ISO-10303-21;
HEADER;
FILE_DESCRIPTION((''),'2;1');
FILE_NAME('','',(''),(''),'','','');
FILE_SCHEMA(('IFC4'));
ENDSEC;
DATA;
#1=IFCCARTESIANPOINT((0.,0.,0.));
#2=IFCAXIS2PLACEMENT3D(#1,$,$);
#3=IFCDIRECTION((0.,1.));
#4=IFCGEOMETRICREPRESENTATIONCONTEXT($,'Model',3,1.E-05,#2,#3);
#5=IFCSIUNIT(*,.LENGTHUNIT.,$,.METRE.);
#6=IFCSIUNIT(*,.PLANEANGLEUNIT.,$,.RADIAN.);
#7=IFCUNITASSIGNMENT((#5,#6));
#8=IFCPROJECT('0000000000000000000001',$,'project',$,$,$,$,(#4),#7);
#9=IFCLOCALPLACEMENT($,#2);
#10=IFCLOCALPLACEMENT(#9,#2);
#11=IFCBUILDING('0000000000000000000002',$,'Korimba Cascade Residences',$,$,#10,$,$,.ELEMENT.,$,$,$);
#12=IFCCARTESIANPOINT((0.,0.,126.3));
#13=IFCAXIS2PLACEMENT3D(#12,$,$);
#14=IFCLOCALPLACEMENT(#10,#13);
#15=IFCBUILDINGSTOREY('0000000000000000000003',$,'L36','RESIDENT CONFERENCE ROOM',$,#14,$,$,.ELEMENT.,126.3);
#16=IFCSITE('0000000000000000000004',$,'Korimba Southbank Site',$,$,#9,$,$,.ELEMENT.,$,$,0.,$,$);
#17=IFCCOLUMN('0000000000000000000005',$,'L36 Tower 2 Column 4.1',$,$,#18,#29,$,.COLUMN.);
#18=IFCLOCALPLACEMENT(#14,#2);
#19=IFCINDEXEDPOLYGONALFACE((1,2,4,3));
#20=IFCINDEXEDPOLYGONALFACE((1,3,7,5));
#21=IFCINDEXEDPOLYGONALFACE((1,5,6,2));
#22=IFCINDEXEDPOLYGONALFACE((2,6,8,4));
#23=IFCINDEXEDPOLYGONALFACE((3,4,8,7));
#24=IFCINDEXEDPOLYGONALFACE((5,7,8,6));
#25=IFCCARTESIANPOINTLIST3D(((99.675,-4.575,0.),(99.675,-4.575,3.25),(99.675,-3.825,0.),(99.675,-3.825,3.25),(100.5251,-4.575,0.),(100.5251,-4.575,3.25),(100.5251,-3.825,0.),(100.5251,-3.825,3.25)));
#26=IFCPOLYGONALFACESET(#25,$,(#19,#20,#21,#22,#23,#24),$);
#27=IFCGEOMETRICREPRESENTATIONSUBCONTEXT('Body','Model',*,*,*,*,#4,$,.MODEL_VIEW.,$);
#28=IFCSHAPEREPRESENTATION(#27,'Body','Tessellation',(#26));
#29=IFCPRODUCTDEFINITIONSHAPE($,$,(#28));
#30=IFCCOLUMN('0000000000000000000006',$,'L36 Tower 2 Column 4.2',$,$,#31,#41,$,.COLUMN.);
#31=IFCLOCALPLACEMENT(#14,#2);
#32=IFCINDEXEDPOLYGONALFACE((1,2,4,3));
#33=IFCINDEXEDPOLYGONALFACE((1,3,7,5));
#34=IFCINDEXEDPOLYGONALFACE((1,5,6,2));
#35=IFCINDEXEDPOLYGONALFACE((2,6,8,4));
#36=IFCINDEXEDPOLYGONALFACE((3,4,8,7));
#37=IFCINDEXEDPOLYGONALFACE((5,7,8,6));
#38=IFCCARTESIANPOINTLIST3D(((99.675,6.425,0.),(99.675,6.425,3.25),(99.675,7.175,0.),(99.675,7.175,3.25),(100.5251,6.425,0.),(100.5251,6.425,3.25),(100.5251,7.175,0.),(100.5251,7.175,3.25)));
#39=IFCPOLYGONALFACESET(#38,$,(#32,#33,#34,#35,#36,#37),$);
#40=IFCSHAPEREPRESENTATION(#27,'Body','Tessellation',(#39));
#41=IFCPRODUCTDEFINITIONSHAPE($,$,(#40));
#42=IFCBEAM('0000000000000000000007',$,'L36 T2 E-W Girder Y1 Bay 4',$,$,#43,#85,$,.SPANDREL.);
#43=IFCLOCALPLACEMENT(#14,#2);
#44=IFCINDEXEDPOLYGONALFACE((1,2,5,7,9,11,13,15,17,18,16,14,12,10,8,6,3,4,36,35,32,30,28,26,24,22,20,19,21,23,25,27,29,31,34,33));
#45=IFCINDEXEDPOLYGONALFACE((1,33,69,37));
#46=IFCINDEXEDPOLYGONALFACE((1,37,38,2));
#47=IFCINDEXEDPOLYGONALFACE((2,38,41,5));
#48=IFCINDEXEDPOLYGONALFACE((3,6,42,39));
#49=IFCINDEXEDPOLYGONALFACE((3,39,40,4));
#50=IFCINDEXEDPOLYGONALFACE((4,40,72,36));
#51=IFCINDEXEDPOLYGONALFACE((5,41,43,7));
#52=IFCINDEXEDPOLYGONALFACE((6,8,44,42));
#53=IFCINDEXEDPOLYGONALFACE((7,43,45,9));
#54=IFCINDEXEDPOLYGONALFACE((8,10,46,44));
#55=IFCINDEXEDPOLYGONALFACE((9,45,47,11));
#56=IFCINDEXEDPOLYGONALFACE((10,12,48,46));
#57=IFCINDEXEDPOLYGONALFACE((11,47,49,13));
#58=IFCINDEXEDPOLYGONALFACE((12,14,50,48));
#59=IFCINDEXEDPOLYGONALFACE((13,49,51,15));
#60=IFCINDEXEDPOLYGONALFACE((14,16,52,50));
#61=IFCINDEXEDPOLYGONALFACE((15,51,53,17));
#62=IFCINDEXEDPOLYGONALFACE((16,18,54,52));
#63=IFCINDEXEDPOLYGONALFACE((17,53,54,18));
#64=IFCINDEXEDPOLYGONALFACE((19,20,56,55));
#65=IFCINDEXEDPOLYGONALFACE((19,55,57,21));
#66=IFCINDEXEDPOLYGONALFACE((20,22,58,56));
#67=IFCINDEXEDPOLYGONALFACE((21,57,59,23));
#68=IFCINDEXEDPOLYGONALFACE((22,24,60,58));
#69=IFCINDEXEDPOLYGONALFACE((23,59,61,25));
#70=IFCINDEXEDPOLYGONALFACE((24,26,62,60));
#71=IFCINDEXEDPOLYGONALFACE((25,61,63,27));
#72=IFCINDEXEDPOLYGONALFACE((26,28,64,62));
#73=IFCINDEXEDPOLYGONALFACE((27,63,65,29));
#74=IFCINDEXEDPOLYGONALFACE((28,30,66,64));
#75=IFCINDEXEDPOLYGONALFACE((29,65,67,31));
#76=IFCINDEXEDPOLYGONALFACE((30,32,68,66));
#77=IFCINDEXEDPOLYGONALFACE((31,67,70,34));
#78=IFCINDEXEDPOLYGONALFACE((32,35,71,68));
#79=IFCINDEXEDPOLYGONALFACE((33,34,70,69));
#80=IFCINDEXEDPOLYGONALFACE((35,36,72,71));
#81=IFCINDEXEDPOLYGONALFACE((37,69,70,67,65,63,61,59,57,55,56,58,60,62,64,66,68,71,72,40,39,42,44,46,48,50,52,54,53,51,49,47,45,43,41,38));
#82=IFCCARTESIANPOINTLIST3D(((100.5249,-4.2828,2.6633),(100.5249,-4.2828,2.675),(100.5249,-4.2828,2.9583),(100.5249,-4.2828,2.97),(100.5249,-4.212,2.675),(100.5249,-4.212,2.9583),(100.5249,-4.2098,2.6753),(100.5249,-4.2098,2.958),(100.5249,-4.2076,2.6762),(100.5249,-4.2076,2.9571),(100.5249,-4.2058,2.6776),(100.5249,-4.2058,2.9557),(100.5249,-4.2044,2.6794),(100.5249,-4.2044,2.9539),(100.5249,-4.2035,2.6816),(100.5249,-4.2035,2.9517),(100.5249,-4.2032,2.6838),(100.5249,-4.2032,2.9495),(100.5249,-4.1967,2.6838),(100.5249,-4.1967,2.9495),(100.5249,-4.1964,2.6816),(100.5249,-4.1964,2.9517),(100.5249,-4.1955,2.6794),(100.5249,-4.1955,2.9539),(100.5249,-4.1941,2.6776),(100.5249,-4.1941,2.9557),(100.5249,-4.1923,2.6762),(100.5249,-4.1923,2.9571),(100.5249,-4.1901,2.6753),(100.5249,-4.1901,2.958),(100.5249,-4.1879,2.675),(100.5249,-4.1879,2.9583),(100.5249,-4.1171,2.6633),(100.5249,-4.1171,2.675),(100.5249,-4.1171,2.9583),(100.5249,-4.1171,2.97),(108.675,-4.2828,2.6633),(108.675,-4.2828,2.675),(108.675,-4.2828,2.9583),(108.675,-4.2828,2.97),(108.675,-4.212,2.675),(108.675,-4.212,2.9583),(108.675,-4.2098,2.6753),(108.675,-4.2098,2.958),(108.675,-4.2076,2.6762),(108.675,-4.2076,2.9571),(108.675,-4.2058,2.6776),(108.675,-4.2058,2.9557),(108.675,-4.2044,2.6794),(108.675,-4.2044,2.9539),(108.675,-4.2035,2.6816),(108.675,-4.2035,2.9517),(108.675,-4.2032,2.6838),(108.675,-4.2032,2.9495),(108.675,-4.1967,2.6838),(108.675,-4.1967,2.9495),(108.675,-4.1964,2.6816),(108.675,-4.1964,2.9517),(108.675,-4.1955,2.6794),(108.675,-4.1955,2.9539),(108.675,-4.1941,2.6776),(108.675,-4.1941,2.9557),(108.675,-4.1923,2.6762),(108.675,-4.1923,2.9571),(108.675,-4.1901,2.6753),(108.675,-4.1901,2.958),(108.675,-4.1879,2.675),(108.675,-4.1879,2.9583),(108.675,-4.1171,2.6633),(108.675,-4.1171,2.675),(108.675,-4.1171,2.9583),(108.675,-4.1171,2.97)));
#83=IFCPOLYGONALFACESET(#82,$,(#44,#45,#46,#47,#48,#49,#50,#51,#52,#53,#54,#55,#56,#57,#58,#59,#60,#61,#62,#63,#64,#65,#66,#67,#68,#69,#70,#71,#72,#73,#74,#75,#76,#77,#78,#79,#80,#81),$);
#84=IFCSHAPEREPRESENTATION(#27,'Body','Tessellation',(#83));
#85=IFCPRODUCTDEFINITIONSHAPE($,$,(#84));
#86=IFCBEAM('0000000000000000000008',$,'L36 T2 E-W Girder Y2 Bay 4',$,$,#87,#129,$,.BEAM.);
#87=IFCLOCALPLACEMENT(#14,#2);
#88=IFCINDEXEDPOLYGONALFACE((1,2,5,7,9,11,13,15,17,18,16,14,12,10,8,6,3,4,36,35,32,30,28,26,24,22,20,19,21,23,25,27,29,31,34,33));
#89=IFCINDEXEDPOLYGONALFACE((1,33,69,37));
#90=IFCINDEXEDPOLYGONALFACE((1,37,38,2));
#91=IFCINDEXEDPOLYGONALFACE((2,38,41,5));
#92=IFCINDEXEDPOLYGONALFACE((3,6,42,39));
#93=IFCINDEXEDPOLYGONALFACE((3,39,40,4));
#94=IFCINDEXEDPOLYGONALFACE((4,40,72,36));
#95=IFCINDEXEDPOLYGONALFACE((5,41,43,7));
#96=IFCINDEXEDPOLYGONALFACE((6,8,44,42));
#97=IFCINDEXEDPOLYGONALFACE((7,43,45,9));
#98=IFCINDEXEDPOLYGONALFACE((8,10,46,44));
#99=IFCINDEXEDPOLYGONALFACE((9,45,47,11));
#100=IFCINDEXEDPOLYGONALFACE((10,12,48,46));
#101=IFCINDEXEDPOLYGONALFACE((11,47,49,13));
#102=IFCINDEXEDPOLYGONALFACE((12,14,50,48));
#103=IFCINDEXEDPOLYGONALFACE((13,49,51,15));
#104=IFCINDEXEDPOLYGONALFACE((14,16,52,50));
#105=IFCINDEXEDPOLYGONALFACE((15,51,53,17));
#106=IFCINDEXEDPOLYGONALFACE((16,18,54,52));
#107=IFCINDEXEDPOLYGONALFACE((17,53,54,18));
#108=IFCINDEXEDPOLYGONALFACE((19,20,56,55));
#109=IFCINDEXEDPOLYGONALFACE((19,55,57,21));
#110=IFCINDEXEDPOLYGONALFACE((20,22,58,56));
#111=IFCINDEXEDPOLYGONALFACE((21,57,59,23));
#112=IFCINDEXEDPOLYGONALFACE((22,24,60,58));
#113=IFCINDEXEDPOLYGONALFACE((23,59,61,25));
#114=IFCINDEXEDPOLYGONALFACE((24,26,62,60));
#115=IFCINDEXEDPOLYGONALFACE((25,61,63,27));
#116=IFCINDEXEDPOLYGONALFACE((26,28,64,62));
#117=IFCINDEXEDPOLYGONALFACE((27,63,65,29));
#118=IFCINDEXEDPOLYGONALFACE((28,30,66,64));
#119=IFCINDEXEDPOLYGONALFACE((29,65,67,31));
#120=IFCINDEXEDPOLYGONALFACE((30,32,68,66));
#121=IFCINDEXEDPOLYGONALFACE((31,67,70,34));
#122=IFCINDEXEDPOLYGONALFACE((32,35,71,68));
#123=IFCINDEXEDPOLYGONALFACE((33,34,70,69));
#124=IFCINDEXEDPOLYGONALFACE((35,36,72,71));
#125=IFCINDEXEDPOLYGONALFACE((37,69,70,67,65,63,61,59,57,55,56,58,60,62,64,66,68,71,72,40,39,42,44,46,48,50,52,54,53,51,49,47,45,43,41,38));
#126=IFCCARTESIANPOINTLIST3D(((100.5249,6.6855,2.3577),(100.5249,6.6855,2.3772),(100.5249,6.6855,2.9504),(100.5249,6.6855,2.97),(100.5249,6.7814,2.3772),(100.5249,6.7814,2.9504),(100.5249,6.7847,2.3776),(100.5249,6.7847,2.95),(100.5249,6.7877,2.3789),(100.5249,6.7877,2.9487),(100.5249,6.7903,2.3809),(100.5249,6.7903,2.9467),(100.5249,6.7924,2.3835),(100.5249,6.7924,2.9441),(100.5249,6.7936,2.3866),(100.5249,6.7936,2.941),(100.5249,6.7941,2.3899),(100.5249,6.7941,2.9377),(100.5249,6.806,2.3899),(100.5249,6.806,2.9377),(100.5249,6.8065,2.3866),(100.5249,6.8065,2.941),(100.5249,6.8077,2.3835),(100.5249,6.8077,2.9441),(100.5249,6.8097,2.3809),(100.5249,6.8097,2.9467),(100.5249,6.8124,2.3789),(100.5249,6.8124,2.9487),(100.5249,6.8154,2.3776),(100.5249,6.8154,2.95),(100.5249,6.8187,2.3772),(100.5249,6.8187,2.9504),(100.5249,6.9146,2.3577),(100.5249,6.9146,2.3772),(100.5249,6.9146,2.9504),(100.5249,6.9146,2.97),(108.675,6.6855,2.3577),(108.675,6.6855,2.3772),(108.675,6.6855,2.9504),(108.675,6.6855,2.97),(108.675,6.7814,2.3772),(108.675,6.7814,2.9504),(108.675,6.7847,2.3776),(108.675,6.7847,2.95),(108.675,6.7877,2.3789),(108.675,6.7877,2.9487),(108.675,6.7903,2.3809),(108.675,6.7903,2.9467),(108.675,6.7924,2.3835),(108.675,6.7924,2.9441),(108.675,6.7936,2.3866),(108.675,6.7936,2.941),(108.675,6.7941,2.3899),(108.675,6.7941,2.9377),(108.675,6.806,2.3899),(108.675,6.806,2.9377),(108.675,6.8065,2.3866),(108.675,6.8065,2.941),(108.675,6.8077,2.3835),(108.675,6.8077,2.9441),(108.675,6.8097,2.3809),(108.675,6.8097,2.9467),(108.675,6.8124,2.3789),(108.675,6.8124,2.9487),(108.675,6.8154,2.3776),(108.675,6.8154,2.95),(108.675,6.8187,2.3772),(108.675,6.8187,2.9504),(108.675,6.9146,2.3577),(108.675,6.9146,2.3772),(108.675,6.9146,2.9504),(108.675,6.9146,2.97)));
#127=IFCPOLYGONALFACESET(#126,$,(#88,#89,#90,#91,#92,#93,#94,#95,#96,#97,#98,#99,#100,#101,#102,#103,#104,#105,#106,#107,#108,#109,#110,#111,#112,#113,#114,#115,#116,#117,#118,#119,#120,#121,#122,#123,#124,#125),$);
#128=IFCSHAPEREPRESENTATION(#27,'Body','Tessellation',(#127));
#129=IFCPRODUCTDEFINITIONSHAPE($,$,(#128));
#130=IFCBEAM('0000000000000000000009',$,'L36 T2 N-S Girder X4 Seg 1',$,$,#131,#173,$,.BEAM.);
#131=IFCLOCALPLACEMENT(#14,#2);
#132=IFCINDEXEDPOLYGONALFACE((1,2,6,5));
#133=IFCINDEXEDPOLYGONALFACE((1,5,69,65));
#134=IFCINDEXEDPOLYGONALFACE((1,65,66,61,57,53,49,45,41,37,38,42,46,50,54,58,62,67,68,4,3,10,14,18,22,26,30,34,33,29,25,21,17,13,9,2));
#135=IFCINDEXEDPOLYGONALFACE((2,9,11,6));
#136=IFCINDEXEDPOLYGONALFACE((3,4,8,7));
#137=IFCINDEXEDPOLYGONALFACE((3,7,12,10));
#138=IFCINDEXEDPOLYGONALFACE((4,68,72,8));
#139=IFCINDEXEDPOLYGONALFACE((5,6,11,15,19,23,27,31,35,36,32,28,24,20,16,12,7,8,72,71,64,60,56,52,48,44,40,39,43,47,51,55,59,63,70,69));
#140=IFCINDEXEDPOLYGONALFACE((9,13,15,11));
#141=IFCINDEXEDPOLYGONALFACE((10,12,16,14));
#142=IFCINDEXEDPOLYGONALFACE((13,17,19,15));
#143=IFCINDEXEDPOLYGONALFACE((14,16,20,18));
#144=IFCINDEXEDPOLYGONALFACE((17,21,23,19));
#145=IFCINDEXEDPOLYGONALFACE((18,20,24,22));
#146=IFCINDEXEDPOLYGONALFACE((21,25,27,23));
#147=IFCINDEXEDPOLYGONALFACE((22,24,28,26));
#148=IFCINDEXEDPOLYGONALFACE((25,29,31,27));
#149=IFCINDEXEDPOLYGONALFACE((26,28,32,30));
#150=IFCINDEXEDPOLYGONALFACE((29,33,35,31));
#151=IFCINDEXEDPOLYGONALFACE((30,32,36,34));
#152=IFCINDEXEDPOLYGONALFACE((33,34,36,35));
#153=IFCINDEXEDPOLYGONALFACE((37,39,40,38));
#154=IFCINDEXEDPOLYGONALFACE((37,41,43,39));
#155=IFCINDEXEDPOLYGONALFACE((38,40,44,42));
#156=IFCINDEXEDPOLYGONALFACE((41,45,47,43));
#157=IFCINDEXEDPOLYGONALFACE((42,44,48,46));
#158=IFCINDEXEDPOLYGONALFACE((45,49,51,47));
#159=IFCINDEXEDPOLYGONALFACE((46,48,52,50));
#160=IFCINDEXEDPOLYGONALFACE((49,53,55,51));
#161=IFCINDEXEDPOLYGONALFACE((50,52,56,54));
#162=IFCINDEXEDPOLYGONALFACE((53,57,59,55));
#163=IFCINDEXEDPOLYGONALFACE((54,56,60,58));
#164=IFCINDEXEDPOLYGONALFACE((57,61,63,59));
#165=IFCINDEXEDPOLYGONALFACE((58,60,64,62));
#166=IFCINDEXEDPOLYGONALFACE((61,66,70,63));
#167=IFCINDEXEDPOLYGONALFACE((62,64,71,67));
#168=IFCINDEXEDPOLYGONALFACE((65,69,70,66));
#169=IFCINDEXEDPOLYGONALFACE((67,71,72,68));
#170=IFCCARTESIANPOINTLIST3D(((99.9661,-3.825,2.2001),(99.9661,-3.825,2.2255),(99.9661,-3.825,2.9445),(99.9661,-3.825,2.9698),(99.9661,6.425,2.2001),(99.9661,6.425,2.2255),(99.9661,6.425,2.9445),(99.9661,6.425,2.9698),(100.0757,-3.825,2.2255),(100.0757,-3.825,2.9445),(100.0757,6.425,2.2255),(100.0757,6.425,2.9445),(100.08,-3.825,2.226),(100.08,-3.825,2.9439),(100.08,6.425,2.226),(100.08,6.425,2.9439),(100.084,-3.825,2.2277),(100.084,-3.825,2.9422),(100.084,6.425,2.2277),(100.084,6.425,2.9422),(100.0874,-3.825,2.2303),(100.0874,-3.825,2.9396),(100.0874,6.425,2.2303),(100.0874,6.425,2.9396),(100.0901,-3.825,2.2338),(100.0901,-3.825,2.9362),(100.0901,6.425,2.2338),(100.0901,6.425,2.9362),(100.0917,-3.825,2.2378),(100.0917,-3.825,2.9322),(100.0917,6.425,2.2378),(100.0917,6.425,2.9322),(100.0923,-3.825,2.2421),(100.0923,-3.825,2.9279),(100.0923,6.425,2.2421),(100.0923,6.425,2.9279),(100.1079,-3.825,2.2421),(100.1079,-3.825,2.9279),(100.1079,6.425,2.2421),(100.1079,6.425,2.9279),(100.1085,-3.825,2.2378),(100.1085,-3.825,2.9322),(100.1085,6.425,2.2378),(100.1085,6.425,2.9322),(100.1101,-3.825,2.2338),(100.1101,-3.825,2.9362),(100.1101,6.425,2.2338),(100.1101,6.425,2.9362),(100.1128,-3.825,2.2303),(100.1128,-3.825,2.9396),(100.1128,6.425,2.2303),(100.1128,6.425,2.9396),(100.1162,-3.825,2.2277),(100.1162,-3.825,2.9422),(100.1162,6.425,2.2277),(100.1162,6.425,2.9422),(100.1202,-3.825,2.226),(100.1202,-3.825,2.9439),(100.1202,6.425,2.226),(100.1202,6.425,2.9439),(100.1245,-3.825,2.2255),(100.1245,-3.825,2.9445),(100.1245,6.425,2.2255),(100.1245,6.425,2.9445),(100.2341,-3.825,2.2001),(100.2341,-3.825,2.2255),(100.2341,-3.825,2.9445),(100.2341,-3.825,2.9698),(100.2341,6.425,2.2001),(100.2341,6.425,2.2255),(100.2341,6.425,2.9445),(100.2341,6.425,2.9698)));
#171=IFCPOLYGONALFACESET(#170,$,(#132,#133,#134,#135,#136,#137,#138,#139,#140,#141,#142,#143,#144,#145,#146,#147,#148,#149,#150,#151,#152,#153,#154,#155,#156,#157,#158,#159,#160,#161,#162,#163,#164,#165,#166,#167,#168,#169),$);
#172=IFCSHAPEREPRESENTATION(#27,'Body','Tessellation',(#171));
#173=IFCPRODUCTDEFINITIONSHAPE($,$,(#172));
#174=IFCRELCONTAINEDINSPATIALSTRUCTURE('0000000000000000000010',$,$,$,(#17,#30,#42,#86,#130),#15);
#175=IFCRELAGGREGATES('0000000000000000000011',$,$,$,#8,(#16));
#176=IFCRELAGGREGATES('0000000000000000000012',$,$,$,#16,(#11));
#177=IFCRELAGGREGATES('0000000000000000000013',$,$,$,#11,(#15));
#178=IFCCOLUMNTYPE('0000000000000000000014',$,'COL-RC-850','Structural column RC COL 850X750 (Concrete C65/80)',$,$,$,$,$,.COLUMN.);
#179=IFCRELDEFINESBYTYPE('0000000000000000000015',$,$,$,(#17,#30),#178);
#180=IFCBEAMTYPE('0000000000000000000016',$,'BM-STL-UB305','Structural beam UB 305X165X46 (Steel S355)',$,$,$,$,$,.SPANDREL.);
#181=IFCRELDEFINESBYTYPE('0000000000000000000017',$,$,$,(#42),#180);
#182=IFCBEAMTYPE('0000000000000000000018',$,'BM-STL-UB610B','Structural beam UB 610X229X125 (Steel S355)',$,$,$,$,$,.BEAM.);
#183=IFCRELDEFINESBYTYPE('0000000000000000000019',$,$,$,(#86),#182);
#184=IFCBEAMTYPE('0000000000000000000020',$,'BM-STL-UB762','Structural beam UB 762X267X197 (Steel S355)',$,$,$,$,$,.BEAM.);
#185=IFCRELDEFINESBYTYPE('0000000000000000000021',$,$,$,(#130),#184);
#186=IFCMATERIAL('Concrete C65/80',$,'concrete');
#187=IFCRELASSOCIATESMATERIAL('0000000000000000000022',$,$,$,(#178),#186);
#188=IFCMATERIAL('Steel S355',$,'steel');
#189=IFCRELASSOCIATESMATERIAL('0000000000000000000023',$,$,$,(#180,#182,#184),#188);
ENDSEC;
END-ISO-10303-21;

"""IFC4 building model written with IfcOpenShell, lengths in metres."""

from ifc_helpers import new_model, si_unit, direction, frame, origin, origin_2d, place, context, subcontext, project, spatial, rectangle, i_section, extrude, material, material_profile, profile_set, type_object, element, save


model = new_model("IFC4")

# Units and contexts
model_context = context("Model", 3, precision=1e-05, world=origin(), true_north=direction((0.0, 1.0)))
body_context = subcontext(model_context, "Body", "Model", "MODEL_VIEW")
ifc_project = project(units=[si_unit("LENGTHUNIT", "METRE"), si_unit("PLANEANGLEUNIT", "RADIAN")], contexts=[model_context])

# Site, building, storey
site_placement = place(None, origin())
site = spatial("IfcSite", under=ifc_project, at=site_placement, Name="Korimba Southbank Site", CompositionType="ELEMENT", RefElevation=0.0)
building_placement = place(site_placement, origin())
building = spatial("IfcBuilding", under=site, at=building_placement, Name="Korimba Cascade Residences", CompositionType="ELEMENT")
storey_placement = place(building_placement, frame((0.0, 0.0, 126.3)))
storey = spatial("IfcBuildingStorey", under=building, at=storey_placement, Name="L36", Description="RESIDENT CONFERENCE ROOM", CompositionType="ELEMENT", Elevation=126.3)

# Columns
ifc_material_1 = material(Name="Concrete C65/80", Category="concrete")
ifc_material_profile_1 = material_profile(ifc_material_1, rectangle(XDim=0.8501, YDim=0.75, at=origin_2d()), Name="Concrete C65/80")
ifc_profile_set_1 = profile_set([ifc_material_profile_1], Name="Concrete C65/80")
column_type = type_object("IfcColumnType", Name="COL-RC-850", Description="Structural column RC COL 850X750 (Concrete C65/80)", PredefinedType="COLUMN", material=ifc_profile_set_1)
for number, where, z_axis, x_axis, name in (
    (1, (100.1001, -4.2, 0.0), (0.0, 0.0, 1.0), (1.0, 0.0, 0.0), "L36 Tower 2 Column 4.1"),
    (2, (100.1001, 6.8, 0.0), (0.0, 0.0, 1.0), (1.0, 0.0, 0.0), "L36 Tower 2 Column 4.2"),
):
    element("IfcColumn", number, at=place(storey_placement, frame(where, z_axis=z_axis, x_axis=x_axis)), inside=storey, type_object=column_type, Name=name, PredefinedType="COLUMN", context=body_context, shape_type="SweptSolid", body=[
        extrude(rectangle(XDim=0.8501, YDim=0.75, at=origin_2d()), origin(), (0.0, 0.0, 1.0), 3.25),
    ])

# Beams
ifc_material_2 = material(Name="Steel S355", Category="steel")
ifc_material_profile_2 = material_profile(ifc_material_2, i_section(OverallWidth=0.1658, OverallDepth=0.3066, WebThickness=0.0066, FlangeThickness=0.0117, FilletRadius=0.0088, at=origin_2d()), Name="Steel S355")
ifc_profile_set_2 = profile_set([ifc_material_profile_2], Name="Steel S355")
beam_type_1 = type_object("IfcBeamType", Name="BM-STL-UB305", Description="Structural beam UB 305X165X46 (Steel S355)", PredefinedType="SPANDREL", material=ifc_profile_set_2)
beam_1_placement = place(storey_placement, frame((100.5249, -4.2, 2.8167), z_axis=(1.0, 0.0, 0.0), x_axis=(0.0, 1.0, 0.0)))
element("IfcBeam", 3, at=beam_1_placement, inside=storey, type_object=beam_type_1, Name="L36 T2 E-W Girder Y1 Bay 4", PredefinedType="SPANDREL", context=body_context, shape_type="SweptSolid", body=[
    extrude(i_section(OverallWidth=0.1658, OverallDepth=0.3066, WebThickness=0.0066, FlangeThickness=0.0117, FilletRadius=0.0088, at=origin_2d()), origin(), (0.0, 0.0, 1.0), 8.1501),
])
ifc_material_profile_3 = material_profile(ifc_material_2, i_section(OverallWidth=0.229, OverallDepth=0.6123, WebThickness=0.012, FlangeThickness=0.0195, FilletRadius=0.0127, at=origin_2d()), Name="Steel S355")
ifc_profile_set_3 = profile_set([ifc_material_profile_3], Name="Steel S355")
beam_type_2 = type_object("IfcBeamType", Name="BM-STL-UB610B", Description="Structural beam UB 610X229X125 (Steel S355)", PredefinedType="BEAM", material=ifc_profile_set_3)
beam_2_placement = place(storey_placement, frame((100.5249, 6.8, 2.6638), z_axis=(1.0, 0.0, 0.0), x_axis=(0.0, 1.0, 0.0)))
element("IfcBeam", 4, at=beam_2_placement, inside=storey, type_object=beam_type_2, Name="L36 T2 E-W Girder Y2 Bay 4", PredefinedType="BEAM", context=body_context, shape_type="SweptSolid", body=[
    extrude(i_section(OverallWidth=0.229, OverallDepth=0.6123, WebThickness=0.012, FlangeThickness=0.0195, FilletRadius=0.0127, at=origin_2d()), origin(), (0.0, 0.0, 1.0), 8.1501),
])
ifc_material_profile_4 = material_profile(ifc_material_2, i_section(OverallWidth=0.2681, OverallDepth=0.7698, WebThickness=0.0156, FlangeThickness=0.0254, FilletRadius=0.0166, at=origin_2d()), Name="Steel S355")
ifc_profile_set_4 = profile_set([ifc_material_profile_4], Name="Steel S355")
beam_type_3 = type_object("IfcBeamType", Name="BM-STL-UB762", Description="Structural beam UB 762X267X197 (Steel S355)", PredefinedType="BEAM", material=ifc_profile_set_4)
beam_3_placement = place(storey_placement, frame((100.1001, -3.825, 2.585), z_axis=(0.0, 1.0, 0.0), x_axis=(-1.0, 0.0, 0.0)))
element("IfcBeam", 5, at=beam_3_placement, inside=storey, type_object=beam_type_3, Name="L36 T2 N-S Girder X4 Seg 1", PredefinedType="BEAM", context=body_context, shape_type="SweptSolid", body=[
    extrude(i_section(OverallWidth=0.2681, OverallDepth=0.7698, WebThickness=0.0156, FlangeThickness=0.0254, FilletRadius=0.0166, at=origin_2d()), origin(), (0.0, 0.0, 1.0), 10.25),
])

save(model, "model.ifc")
